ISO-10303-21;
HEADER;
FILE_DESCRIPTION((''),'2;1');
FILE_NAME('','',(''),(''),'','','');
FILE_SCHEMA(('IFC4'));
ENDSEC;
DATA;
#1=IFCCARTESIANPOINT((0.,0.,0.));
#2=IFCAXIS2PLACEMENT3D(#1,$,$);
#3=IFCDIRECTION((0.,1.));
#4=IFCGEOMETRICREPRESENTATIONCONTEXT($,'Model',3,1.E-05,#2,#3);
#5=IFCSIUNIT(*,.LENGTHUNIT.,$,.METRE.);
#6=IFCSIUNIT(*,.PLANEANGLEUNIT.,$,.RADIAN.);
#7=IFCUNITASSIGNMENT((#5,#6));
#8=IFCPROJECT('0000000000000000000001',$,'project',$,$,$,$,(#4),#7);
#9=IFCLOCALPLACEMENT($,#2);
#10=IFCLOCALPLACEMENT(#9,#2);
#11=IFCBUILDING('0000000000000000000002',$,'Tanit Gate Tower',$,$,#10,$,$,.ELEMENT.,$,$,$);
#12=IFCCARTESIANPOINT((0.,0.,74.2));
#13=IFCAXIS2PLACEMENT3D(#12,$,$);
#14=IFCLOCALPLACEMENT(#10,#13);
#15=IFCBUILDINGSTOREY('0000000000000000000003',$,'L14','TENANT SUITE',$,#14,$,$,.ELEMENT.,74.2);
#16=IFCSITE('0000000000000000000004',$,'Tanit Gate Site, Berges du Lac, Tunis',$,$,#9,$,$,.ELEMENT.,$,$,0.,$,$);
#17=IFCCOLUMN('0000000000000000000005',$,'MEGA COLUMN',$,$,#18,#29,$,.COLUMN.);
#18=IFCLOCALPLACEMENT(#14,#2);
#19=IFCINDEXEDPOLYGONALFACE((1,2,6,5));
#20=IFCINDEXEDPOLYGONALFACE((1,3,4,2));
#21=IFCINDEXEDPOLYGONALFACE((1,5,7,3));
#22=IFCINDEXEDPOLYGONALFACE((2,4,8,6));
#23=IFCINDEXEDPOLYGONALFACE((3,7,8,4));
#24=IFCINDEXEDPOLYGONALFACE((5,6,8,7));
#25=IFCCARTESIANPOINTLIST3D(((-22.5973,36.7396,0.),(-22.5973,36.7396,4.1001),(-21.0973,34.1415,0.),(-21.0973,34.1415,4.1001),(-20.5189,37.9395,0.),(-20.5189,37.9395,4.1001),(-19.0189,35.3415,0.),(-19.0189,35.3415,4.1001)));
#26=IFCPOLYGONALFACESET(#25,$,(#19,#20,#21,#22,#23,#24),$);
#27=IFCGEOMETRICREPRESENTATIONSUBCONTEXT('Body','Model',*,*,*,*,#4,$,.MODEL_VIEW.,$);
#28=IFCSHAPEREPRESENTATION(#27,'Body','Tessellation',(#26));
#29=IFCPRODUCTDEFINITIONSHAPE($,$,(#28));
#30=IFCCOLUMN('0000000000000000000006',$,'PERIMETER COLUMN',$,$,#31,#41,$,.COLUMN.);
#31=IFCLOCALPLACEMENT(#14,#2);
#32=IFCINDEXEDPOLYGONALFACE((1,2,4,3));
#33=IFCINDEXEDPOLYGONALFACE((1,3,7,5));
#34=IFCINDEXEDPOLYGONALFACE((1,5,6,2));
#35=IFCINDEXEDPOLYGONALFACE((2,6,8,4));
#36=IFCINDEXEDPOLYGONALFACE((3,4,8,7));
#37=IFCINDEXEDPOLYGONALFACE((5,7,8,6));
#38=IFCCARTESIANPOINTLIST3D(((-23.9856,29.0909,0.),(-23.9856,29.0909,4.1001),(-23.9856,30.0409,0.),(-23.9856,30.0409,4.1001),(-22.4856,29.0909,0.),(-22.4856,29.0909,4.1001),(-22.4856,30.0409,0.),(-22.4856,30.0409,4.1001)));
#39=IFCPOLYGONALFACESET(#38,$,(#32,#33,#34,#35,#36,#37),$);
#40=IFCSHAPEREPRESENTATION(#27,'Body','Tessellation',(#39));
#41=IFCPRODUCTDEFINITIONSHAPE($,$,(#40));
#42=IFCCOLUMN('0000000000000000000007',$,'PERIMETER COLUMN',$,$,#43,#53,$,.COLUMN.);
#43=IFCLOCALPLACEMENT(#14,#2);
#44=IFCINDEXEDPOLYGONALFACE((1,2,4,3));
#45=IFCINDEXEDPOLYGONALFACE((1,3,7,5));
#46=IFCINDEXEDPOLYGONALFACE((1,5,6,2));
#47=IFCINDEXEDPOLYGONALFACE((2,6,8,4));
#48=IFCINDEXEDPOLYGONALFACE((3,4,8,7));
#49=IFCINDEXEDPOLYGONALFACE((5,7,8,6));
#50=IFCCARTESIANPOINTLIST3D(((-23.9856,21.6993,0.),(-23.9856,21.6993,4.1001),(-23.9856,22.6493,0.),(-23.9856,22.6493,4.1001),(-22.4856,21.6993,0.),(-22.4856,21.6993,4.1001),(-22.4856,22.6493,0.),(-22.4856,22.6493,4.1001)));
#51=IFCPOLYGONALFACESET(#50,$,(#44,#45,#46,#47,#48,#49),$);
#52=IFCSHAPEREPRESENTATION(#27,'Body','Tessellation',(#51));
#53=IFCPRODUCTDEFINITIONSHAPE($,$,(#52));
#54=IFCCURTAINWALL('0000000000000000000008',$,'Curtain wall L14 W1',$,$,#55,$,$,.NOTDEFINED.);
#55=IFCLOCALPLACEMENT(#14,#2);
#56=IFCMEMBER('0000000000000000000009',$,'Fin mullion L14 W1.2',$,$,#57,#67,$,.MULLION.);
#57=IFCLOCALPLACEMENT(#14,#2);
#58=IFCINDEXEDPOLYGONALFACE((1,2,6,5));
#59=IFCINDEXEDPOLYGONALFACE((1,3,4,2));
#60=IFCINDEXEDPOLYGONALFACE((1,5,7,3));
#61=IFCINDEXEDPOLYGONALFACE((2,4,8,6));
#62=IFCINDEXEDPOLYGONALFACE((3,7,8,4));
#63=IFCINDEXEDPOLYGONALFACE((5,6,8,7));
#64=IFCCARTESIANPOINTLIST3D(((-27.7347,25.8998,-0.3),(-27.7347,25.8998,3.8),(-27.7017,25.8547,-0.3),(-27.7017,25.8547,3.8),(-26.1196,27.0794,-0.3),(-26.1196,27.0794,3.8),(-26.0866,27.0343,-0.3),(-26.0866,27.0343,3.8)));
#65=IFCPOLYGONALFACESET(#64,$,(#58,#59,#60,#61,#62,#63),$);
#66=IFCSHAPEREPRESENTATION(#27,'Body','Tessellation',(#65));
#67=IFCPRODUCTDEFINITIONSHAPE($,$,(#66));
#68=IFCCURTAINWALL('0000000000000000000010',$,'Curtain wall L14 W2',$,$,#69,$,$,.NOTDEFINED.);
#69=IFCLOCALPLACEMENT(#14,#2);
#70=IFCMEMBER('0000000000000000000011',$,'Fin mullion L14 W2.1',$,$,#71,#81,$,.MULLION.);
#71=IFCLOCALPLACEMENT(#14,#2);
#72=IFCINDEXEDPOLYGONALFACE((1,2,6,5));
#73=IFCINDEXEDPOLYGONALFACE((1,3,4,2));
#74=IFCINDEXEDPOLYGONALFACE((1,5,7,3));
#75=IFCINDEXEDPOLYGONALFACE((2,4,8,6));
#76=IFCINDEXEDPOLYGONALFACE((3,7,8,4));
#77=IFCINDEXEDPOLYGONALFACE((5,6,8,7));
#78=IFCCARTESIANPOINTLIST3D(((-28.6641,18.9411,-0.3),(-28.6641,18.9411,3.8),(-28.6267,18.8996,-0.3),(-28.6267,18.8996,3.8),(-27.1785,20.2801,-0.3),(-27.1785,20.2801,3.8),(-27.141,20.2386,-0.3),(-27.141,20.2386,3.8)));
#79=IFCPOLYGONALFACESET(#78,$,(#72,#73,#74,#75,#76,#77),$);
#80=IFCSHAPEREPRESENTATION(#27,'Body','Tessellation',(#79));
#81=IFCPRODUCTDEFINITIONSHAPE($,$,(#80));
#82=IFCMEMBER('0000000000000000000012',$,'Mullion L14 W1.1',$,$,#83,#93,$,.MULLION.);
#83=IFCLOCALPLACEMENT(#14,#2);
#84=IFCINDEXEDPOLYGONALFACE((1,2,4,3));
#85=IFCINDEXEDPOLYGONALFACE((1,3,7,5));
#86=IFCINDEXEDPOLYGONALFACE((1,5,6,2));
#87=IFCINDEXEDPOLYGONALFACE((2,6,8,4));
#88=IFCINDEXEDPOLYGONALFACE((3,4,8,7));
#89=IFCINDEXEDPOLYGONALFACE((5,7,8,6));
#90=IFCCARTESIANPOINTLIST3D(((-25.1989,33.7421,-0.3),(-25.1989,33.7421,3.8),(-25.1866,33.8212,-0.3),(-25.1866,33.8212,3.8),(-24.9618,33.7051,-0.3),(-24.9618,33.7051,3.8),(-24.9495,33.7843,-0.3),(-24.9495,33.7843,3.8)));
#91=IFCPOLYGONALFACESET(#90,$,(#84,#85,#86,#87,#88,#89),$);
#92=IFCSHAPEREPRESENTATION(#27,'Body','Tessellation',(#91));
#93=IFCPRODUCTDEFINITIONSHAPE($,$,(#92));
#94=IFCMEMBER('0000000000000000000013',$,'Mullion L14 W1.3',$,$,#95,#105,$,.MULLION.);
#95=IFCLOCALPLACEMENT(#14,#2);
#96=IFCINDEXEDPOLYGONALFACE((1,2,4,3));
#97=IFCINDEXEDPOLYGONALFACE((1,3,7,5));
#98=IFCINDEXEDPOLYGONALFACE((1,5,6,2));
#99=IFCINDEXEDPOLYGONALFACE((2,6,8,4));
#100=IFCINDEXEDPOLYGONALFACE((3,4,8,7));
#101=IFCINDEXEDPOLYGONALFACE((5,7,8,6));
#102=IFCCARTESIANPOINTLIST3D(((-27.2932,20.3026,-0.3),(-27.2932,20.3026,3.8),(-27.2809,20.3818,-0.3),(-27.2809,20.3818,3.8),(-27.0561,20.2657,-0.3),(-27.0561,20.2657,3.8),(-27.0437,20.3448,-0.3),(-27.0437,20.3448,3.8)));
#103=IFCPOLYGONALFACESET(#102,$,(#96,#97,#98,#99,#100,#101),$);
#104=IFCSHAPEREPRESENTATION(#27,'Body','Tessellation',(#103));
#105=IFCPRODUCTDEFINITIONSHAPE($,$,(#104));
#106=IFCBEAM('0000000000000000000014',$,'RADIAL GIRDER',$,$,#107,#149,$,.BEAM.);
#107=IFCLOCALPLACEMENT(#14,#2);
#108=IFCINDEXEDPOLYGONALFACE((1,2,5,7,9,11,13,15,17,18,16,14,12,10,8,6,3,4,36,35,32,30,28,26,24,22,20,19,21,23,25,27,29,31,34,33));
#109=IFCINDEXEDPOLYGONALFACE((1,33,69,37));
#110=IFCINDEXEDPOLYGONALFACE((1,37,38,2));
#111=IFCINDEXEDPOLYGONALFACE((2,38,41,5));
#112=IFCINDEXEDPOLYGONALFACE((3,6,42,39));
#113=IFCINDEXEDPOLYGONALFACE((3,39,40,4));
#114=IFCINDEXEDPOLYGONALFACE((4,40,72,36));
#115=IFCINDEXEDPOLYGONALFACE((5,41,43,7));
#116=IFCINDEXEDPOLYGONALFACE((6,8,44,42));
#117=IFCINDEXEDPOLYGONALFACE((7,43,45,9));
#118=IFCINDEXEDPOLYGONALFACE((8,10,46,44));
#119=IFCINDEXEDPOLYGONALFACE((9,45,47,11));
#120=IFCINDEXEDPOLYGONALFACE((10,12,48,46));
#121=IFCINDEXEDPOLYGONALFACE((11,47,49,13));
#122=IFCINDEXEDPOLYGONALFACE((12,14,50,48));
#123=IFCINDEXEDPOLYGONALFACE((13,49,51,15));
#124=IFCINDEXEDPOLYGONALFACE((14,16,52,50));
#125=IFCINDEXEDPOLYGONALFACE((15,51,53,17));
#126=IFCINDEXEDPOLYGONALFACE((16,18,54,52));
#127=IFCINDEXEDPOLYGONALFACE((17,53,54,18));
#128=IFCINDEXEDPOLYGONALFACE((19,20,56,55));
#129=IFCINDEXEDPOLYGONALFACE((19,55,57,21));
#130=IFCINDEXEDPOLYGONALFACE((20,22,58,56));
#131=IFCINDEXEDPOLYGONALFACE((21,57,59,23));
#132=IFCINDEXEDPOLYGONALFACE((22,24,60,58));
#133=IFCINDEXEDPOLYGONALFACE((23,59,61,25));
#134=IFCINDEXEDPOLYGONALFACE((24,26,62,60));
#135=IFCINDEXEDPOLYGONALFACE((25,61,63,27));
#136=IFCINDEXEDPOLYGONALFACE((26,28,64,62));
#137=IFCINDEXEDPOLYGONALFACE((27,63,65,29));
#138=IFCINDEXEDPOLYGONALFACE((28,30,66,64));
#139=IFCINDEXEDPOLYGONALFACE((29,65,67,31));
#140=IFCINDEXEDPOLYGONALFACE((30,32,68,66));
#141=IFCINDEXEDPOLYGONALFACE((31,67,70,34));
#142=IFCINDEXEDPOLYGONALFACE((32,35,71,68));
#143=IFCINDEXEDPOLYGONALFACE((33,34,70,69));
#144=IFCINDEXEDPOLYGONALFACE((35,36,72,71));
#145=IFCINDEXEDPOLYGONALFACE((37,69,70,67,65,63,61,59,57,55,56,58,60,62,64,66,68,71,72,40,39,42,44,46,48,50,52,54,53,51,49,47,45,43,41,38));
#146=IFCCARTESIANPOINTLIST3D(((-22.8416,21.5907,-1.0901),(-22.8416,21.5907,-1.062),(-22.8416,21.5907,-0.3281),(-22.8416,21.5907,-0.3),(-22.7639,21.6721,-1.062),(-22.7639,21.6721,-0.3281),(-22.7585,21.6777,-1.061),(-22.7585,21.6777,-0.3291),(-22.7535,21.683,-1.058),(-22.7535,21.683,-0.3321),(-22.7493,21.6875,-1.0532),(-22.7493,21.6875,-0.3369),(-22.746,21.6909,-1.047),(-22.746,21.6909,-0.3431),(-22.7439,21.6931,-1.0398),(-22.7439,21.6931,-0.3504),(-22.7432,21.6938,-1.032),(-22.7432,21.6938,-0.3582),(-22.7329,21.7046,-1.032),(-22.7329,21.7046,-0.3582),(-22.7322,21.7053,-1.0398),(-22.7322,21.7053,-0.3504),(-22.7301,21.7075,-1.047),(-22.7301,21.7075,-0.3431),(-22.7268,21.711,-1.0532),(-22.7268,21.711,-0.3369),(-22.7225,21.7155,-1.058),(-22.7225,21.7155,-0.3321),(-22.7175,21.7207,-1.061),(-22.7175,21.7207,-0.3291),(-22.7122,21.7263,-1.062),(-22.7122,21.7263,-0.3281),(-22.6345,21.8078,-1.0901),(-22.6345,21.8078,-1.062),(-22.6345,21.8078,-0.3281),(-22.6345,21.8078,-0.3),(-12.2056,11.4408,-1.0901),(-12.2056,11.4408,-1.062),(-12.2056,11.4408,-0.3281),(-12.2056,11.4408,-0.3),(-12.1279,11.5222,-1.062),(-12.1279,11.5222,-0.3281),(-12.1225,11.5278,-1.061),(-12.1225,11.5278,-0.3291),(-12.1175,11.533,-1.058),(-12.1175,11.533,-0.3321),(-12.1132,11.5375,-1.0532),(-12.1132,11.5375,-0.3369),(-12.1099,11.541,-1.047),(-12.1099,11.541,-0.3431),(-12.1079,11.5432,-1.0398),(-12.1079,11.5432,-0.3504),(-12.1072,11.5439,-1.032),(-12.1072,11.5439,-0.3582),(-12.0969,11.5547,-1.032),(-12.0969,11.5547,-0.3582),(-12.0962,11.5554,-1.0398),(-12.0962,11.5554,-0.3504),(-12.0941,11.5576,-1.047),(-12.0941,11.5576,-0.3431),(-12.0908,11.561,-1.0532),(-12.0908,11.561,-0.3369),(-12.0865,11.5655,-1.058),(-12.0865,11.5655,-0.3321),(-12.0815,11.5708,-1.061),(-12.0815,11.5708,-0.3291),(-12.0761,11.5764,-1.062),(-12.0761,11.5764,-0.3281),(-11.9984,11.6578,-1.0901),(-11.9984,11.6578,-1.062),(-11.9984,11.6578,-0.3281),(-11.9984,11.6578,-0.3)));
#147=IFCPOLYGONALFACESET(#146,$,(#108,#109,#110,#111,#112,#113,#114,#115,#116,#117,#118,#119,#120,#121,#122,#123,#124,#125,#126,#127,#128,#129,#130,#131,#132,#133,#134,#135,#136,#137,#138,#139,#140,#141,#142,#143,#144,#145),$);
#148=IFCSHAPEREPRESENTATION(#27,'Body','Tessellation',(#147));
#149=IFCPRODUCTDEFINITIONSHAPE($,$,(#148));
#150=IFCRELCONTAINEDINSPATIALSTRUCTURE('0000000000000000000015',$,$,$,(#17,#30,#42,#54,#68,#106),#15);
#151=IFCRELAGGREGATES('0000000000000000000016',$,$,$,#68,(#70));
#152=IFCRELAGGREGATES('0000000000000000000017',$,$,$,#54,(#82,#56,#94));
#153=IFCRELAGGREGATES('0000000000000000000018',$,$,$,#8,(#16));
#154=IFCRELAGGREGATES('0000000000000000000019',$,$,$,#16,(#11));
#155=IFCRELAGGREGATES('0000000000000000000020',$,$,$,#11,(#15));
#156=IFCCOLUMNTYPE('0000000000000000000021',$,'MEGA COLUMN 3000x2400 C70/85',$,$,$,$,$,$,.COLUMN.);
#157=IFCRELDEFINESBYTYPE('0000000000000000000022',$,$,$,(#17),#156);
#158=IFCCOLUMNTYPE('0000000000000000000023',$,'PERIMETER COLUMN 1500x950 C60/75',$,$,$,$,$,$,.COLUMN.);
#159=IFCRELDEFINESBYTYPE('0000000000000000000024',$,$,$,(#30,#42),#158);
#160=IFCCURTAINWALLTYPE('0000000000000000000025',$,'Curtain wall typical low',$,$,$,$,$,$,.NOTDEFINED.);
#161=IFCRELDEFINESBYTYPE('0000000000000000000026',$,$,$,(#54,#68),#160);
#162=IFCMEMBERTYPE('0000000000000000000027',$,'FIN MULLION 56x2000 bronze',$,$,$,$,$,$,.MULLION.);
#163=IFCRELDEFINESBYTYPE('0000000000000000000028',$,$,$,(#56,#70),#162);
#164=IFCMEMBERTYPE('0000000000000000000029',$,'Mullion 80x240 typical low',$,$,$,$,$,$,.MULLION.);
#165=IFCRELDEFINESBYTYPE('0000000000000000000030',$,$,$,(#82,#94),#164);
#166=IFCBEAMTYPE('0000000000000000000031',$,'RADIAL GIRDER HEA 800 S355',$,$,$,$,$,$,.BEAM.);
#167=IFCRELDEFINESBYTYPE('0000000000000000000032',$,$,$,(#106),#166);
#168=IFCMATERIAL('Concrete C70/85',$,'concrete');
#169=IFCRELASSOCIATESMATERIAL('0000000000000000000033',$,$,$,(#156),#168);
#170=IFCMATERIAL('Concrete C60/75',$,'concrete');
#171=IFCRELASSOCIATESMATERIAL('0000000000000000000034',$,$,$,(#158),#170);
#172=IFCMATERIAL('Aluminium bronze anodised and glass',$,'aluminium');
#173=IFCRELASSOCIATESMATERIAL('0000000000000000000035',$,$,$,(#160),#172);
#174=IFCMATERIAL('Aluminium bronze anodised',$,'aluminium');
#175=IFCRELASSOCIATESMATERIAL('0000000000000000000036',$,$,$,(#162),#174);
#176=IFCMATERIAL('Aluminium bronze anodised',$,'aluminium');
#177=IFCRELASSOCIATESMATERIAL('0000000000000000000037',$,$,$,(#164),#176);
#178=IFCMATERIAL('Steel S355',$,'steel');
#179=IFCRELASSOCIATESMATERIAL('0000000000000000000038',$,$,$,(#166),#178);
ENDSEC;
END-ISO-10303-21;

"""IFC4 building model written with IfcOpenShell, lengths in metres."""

from ifc_helpers import new_model, si_unit, direction, frame, origin, origin_2d, place, context, subcontext, project, spatial, rectangle, i_section, extrude, material, material_profile, profile_set, type_object, element, aggregate, save


model = new_model("IFC4")

# Units and contexts
model_context = context("Model", 3, precision=1e-05, world=origin(), true_north=direction((0.0, 1.0)))
body_context = subcontext(model_context, "Body", "Model", "MODEL_VIEW")
ifc_project = project(units=[si_unit("LENGTHUNIT", "METRE"), si_unit("PLANEANGLEUNIT", "RADIAN")], contexts=[model_context])

# Site, building, storey
site_placement = place(None, origin())
site = spatial("IfcSite", under=ifc_project, at=site_placement, Name="Tanit Gate Site, Berges du Lac, Tunis", CompositionType="ELEMENT", RefElevation=0.0)
building_placement = place(site_placement, origin())
building = spatial("IfcBuilding", under=site, at=building_placement, Name="Tanit Gate Tower", CompositionType="ELEMENT")
storey_placement = place(building_placement, frame((0.0, 0.0, 74.2)))
storey = spatial("IfcBuildingStorey", under=building, at=storey_placement, Name="L14", Description="TENANT SUITE", CompositionType="ELEMENT", Elevation=74.2)

# Columns
ifc_material_1 = material(Name="Concrete C70/85", Category="concrete")
ifc_material_profile_1 = material_profile(ifc_material_1, rectangle(XDim=3.0, YDim=2.3999, at=origin_2d()), Name="RC 3000x2400")
ifc_profile_set_1 = profile_set([ifc_material_profile_1], Name="Concrete C70/85")
column_type_1 = type_object("IfcColumnType", Name="MEGA COLUMN 3000x2400 C70/85", PredefinedType="COLUMN", material=ifc_profile_set_1)
column_placement = place(storey_placement, frame((-20.8081, 36.0405, 0.0), z_axis=(0.0, 0.0, 1.0), x_axis=(-0.5, 0.866025, 0.0)))
element("IfcColumn", 1, at=column_placement, inside=storey, type_object=column_type_1, Name="MEGA COLUMN", PredefinedType="COLUMN", context=body_context, shape_type="SweptSolid", body=[
    extrude(rectangle(XDim=3.0, YDim=2.3999, at=origin_2d()), origin(), (0.0, 0.0, 1.0), 4.1001),
])
ifc_material_2 = material(Name="Concrete C60/75", Category="concrete")
ifc_material_profile_2 = material_profile(ifc_material_2, rectangle(XDim=1.5, YDim=0.95, at=origin_2d()), Name="RC 1500x950")
ifc_profile_set_2 = profile_set([ifc_material_profile_2], Name="Concrete C60/75")
column_type_2 = type_object("IfcColumnType", Name="PERIMETER COLUMN 1500x950 C60/75", PredefinedType="COLUMN", material=ifc_profile_set_2)
for number, where, z_axis, x_axis, name in (
    (2, (-23.2356, 29.5659, 0.0), (0.0, 0.0, 1.0), (-1.0, 0.0, 0.0), "PERIMETER COLUMN"),
    (3, (-23.2356, 22.1743, 0.0), (0.0, 0.0, 1.0), (-1.0, 0.0, 0.0), "PERIMETER COLUMN"),
):
    element("IfcColumn", number, at=place(storey_placement, frame(where, z_axis=z_axis, x_axis=x_axis)), inside=storey, type_object=column_type_2, Name=name, PredefinedType="COLUMN", context=body_context, shape_type="SweptSolid", body=[
        extrude(rectangle(XDim=1.5, YDim=0.95, at=origin_2d()), origin(), (0.0, 0.0, 1.0), 4.1001),
    ])

# Curtain walls, members
ifc_material_3 = material(Name="Aluminium bronze anodised and glass", Category="aluminium")
curtain_wall_type = type_object("IfcCurtainWallType", Name="Curtain wall typical low", PredefinedType="NOTDEFINED", material=ifc_material_3)
curtain_wall_1_placement = place(storey_placement, origin())
curtain_wall_1 = element("IfcCurtainWall", 4, at=curtain_wall_1_placement, inside=storey, type_object=curtain_wall_type, Name="Curtain wall L14 W1", PredefinedType="NOTDEFINED")
ifc_material_4 = material(Name="Aluminium bronze anodised", Category="aluminium")
ifc_material_profile_3 = material_profile(ifc_material_4, rectangle(XDim=2.0, YDim=0.0559, at=origin_2d()), Name="56x2000 bronze fin mullion")
ifc_profile_set_3 = profile_set([ifc_material_profile_3], Name="Aluminium bronze anodised")
member_type_1 = type_object("IfcMemberType", Name="FIN MULLION 56x2000 bronze", PredefinedType="MULLION", material=ifc_profile_set_3)
member_1_placement = place(storey_placement, frame((-26.9106, 26.467, -0.3), z_axis=(0.0, 0.0, 1.0), x_axis=(0.807544, 0.589808, 0.0)))
member_1 = element("IfcMember", 5, at=member_1_placement, type_object=member_type_1, Name="Fin mullion L14 W1.2", PredefinedType="MULLION", context=body_context, shape_type="SweptSolid", body=[
    extrude(rectangle(XDim=2.0, YDim=0.0559, at=origin_2d()), origin(), (0.0, 0.0, 1.0), 4.1001),
])
curtain_wall_2_placement = place(storey_placement, origin())
curtain_wall_2 = element("IfcCurtainWall", 6, at=curtain_wall_2_placement, inside=storey, type_object=curtain_wall_type, Name="Curtain wall L14 W2", PredefinedType="NOTDEFINED")
member_2_placement = place(storey_placement, frame((-27.9026, 19.5898, -0.3), z_axis=(0.0, 0.0, 1.0), x_axis=(0.742829, 0.669481, 0.0)))
member_2 = element("IfcMember", 7, at=member_2_placement, type_object=member_type_1, Name="Fin mullion L14 W2.1", PredefinedType="MULLION", context=body_context, shape_type="SweptSolid", body=[
    extrude(rectangle(XDim=2.0, YDim=0.0559, at=origin_2d()), origin(), (0.0, 0.0, 1.0), 4.1001),
])

# Members
ifc_material_5 = material(Name="Aluminium bronze anodised", Category="aluminium")
ifc_material_profile_4 = material_profile(ifc_material_5, rectangle(XDim=0.24, YDim=0.0801, at=origin_2d()), Name="80x240 bronze mullion")
ifc_profile_set_4 = profile_set([ifc_material_profile_4], Name="Aluminium bronze anodised")
member_type_2 = type_object("IfcMemberType", Name="Mullion 80x240 typical low", PredefinedType="MULLION", material=ifc_profile_set_4)
member_3_placement = place(storey_placement, frame((-25.0742, 33.7632, -0.3), z_axis=(0.0, 0.0, 1.0), x_axis=(0.988077, -0.153962, 0.0)))
member_3 = element("IfcMember", 8, at=member_3_placement, type_object=member_type_2, Name="Mullion L14 W1.1", PredefinedType="MULLION", context=body_context, shape_type="SweptSolid", body=[
    extrude(rectangle(XDim=0.24, YDim=0.0801, at=origin_2d()), origin(), (0.0, 0.0, 1.0), 4.1001),
])
member_4_placement = place(storey_placement, frame((-27.1685, 20.3237, -0.3), z_axis=(0.0, 0.0, 1.0), x_axis=(0.988077, -0.153962, 0.0)))
member_4 = element("IfcMember", 9, at=member_4_placement, type_object=member_type_2, Name="Mullion L14 W1.3", PredefinedType="MULLION", context=body_context, shape_type="SweptSolid", body=[
    extrude(rectangle(XDim=0.24, YDim=0.0801, at=origin_2d()), origin(), (0.0, 0.0, 1.0), 4.1001),
])

# Beam
ifc_material_6 = material(Name="Steel S355", Category="steel")
ifc_material_profile_5 = material_profile(ifc_material_6, i_section(OverallWidth=0.3, OverallDepth=0.79, WebThickness=0.0149, FlangeThickness=0.0281, FilletRadius=0.03, at=origin_2d()), Name="HEA 800")
ifc_profile_set_5 = profile_set([ifc_material_profile_5], Name="Steel S355")
beam_type_1 = type_object("IfcBeamType", Name="RADIAL GIRDER HEA 800 S355", PredefinedType="BEAM", material=ifc_profile_set_5)
beam_1_placement = place(storey_placement, frame((-22.738, 21.6992, -0.6951), z_axis=(0.723445, -0.690382, 0.0), x_axis=(0.690382, 0.723445, 0.0)))
element("IfcBeam", 10, at=beam_1_placement, inside=storey, type_object=beam_type_1, Name="RADIAL GIRDER", PredefinedType="BEAM", context=body_context, shape_type="SweptSolid", body=[
    extrude(i_section(OverallWidth=0.3, OverallDepth=0.79, WebThickness=0.0149, FlangeThickness=0.0281, FilletRadius=0.03, at=origin_2d()), origin(), (0.0, 0.0, 1.0), 14.7019),
])

aggregate(curtain_wall_2, [member_2])

aggregate(curtain_wall_1, [member_3, member_1, member_4])

save(model, "model.ifc")
